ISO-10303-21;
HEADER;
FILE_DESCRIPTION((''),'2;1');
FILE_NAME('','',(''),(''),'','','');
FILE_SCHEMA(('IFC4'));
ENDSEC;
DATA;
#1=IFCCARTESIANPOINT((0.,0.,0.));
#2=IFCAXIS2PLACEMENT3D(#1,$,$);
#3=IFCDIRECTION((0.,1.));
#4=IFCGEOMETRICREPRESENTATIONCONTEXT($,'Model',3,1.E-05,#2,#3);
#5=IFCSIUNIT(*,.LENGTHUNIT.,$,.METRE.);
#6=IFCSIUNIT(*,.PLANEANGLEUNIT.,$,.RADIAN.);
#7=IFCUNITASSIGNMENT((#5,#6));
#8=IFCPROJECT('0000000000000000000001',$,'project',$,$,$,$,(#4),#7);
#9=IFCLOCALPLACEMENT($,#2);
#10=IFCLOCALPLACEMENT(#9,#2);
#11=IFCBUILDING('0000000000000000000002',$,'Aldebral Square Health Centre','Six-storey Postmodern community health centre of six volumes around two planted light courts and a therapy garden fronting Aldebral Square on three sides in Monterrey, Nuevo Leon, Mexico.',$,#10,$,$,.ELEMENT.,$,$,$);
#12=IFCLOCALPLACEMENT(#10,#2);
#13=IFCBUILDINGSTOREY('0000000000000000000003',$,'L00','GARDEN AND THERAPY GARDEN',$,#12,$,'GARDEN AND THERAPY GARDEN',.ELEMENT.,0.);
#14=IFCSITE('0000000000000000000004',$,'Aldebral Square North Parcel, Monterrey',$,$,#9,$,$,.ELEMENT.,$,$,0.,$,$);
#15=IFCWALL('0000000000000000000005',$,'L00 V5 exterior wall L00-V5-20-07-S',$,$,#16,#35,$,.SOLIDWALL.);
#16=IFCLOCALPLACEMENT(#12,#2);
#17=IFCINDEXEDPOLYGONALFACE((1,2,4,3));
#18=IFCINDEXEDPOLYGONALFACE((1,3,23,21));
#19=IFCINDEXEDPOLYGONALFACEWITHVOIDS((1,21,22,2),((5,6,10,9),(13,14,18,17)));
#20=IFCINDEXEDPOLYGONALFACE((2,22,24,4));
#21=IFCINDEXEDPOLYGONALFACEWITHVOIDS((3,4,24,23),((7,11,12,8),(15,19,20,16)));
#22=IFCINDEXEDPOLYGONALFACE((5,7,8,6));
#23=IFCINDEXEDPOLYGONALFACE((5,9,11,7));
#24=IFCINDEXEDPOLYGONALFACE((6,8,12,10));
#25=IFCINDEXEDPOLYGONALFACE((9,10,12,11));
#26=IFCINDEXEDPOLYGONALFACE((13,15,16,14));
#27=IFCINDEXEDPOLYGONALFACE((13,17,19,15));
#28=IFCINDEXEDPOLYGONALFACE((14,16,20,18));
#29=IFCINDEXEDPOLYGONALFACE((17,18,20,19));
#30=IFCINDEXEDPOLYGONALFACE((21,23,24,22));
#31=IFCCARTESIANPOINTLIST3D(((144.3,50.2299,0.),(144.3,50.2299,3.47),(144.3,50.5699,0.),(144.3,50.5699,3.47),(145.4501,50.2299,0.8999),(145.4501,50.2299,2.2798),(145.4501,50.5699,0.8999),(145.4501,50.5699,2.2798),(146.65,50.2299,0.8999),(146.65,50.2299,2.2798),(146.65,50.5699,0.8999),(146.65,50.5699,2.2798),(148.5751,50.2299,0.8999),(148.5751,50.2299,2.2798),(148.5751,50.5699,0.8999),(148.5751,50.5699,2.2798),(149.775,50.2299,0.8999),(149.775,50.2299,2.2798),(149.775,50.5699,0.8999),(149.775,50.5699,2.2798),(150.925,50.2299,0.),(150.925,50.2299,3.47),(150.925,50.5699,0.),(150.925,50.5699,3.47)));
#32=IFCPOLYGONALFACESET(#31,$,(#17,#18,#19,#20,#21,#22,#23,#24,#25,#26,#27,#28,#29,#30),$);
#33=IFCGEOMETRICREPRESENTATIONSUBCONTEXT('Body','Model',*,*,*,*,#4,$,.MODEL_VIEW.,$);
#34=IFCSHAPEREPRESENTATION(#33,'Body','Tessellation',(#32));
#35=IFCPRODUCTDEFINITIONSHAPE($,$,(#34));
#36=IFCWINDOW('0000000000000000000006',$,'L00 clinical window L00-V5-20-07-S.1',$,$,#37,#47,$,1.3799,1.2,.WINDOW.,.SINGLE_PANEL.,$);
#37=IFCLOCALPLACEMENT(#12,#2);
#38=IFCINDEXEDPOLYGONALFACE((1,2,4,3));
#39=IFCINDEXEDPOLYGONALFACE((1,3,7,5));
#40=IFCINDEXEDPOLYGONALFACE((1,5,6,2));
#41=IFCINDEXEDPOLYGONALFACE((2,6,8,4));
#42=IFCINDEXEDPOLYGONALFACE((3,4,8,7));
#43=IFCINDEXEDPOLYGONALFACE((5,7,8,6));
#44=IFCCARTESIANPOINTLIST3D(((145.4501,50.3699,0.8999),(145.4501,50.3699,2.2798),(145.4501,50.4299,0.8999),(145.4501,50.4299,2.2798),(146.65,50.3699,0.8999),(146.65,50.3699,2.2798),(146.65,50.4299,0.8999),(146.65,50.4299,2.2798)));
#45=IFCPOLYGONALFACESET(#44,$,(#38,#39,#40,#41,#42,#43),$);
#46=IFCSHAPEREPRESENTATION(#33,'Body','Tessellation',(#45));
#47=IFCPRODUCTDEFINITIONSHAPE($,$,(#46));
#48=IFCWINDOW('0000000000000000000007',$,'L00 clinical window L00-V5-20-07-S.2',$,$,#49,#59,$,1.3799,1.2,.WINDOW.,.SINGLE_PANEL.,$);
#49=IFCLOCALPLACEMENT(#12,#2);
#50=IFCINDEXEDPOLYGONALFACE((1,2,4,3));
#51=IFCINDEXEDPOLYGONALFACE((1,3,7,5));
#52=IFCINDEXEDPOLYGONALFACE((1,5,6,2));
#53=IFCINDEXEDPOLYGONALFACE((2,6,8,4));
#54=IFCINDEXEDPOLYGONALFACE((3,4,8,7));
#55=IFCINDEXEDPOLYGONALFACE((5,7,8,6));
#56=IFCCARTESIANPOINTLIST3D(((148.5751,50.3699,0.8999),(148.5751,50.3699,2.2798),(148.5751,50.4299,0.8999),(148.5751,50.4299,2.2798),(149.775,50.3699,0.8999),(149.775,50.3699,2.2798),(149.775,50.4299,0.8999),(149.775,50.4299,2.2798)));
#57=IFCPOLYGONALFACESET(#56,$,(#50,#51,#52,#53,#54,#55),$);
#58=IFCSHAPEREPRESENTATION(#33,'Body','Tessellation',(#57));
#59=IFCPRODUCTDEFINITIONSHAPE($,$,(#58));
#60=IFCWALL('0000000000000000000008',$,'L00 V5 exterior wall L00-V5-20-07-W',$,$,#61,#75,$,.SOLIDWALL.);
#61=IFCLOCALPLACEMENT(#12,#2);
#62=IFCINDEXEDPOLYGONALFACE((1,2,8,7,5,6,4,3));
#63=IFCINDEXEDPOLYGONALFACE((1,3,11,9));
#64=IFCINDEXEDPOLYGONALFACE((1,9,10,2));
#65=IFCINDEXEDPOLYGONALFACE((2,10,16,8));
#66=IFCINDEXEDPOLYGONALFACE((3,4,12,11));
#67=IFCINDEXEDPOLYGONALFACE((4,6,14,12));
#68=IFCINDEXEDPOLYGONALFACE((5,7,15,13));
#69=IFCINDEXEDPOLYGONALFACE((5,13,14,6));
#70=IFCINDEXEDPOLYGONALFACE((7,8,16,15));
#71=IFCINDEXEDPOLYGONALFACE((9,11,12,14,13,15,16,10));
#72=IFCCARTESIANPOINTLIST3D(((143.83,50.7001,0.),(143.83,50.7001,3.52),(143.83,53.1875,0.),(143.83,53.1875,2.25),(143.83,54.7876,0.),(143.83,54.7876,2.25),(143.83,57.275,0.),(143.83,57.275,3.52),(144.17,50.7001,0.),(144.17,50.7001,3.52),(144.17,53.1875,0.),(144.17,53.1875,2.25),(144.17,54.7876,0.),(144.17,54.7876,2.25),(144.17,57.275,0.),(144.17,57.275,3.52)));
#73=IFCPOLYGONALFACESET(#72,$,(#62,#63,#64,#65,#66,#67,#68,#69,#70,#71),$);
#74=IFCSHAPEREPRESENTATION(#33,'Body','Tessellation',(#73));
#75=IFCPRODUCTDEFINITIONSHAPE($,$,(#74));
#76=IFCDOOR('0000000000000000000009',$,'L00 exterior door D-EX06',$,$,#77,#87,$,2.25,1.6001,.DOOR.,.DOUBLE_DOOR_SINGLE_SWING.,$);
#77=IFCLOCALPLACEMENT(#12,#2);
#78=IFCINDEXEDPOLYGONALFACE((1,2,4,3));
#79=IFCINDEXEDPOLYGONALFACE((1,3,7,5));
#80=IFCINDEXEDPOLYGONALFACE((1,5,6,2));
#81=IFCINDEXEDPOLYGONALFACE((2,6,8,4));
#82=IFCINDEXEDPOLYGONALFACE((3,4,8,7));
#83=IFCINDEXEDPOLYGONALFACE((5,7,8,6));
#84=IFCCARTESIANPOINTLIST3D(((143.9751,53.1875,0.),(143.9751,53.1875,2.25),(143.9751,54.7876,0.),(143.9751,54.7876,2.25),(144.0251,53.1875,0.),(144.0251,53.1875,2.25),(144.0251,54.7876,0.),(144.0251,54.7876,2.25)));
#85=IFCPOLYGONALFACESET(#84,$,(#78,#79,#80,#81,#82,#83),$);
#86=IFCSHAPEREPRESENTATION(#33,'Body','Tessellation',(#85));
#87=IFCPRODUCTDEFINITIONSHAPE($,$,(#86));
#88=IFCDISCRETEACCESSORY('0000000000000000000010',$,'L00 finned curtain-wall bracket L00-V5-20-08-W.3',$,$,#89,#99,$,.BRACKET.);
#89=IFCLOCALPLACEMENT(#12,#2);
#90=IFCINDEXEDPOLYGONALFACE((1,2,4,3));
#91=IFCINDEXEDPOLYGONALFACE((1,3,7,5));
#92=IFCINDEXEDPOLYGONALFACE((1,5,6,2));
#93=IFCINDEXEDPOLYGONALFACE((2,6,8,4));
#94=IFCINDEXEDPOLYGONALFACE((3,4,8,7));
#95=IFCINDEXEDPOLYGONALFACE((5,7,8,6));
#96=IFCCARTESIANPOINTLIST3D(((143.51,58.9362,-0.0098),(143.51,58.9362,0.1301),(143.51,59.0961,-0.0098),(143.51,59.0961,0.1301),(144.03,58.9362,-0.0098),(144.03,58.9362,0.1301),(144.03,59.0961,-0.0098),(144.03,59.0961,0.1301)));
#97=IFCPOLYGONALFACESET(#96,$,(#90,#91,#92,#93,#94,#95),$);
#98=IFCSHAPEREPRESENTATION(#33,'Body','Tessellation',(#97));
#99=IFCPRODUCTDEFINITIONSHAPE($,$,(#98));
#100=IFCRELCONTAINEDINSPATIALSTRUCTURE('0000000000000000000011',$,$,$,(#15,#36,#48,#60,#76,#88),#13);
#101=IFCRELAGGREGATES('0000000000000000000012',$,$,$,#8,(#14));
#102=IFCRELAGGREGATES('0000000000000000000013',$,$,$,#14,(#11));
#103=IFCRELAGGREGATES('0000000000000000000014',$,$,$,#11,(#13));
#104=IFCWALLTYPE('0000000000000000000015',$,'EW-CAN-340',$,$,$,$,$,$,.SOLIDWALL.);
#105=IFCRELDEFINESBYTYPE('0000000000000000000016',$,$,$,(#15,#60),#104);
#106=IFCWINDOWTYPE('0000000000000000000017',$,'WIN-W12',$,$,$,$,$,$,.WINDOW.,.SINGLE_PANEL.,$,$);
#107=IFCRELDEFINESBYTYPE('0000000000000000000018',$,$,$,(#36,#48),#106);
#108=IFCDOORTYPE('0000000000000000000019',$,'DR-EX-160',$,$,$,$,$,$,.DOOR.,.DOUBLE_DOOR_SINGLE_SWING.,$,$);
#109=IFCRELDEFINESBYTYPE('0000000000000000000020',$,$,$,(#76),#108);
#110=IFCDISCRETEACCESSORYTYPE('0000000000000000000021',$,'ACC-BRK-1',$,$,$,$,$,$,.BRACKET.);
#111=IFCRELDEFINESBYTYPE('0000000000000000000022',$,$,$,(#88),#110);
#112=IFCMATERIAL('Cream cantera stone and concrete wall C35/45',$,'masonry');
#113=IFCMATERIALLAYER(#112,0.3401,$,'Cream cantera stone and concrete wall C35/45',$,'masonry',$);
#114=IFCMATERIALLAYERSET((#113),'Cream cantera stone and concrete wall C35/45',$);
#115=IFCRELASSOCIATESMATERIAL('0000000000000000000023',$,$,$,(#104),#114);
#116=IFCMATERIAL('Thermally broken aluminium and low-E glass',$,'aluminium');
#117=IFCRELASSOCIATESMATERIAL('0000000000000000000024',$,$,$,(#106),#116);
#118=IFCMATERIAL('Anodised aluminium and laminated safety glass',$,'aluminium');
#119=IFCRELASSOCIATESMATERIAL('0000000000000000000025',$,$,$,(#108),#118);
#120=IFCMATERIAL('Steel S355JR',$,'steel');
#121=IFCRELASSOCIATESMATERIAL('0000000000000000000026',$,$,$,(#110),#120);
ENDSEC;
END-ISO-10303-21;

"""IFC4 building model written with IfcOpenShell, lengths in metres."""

from ifc_helpers import new_model, si_unit, direction, frame, frame_2d, origin, origin_2d, place, context, subcontext, project, spatial, rectangle, extrude, material, layer, layer_set, type_object, element, fill, save


model = new_model("IFC4")

# Units and contexts
model_context = context("Model", 3, precision=1e-05, world=origin(), true_north=direction((0.0, 1.0)))
body_context = subcontext(model_context, "Body", "Model", "MODEL_VIEW")
ifc_project = project(units=[si_unit("LENGTHUNIT", "METRE"), si_unit("PLANEANGLEUNIT", "RADIAN")], contexts=[model_context])

# Site, building, storey
site_placement = place(None, origin())
site = spatial("IfcSite", under=ifc_project, at=site_placement, Name="Aldebral Square North Parcel, Monterrey", CompositionType="ELEMENT", RefElevation=0.0)
building_placement = place(site_placement, origin())
building = spatial("IfcBuilding", under=site, at=building_placement, Name="Aldebral Square Health Centre", Description="Six-storey Postmodern community health centre of six volumes around two planted light courts and a therapy garden fronting Aldebral Square on three sides in Monterrey, Nuevo Leon, Mexico.", CompositionType="ELEMENT")
storey_placement = place(building_placement, origin())
storey = spatial("IfcBuildingStorey", under=building, at=storey_placement, Name="L00", Description="GARDEN AND THERAPY GARDEN", LongName="GARDEN AND THERAPY GARDEN", CompositionType="ELEMENT", Elevation=0.0)

# Wall, openings, windows
ifc_material_1 = material(Name="Cream cantera stone and concrete wall C35/45", Category="masonry")
ifc_layer_1 = layer(ifc_material_1, 0.3401, Name="Cream cantera stone and concrete wall C35/45", Category="masonry")
ifc_layer_set_1 = layer_set([ifc_layer_1], Name="Cream cantera stone and concrete wall C35/45")
wall_type_1 = type_object("IfcWallType", Name="EW-CAN-340", PredefinedType="SOLIDWALL", material=ifc_layer_set_1)
wall_1_placement = place(storey_placement, frame((144.3, 50.3999, 0.0), z_axis=(0.0, 0.0, 1.0), x_axis=(1.0, 0.0, 0.0)))
wall_1 = element("IfcWall", 1, at=wall_1_placement, inside=storey, type_object=wall_type_1, Name="L00 V5 exterior wall L00-V5-20-07-S", PredefinedType="SOLIDWALL", context=body_context, shape_type="SweptSolid", body=[
    extrude(rectangle(XDim=6.625, YDim=0.3401, at=frame_2d((3.3125, 0.0))), origin(), (0.0, 0.0, 1.0), 3.47),
])
opening_1_placement = place(wall_1_placement, frame((1.1499, 0.0, 0.8999)))
opening_1 = element("IfcOpeningElement", 2, at=opening_1_placement, cuts=wall_1, PredefinedType="OPENING", context=body_context, shape_type="SweptSolid", body=[
    extrude(rectangle(XDim=1.2, YDim=1.3799, at=frame_2d((0.6001, 0.6899))), frame((0.0, 0.1802, 0.0), z_axis=(0.0, -1.0, 0.0), x_axis=(1.0, 0.0, 0.0)), (0.0, 0.0, 1.0), 0.3601),
])
opening_2_placement = place(wall_1_placement, frame((4.2749, 0.0, 0.8999)))
opening_2 = element("IfcOpeningElement", 3, at=opening_2_placement, cuts=wall_1, PredefinedType="OPENING", context=body_context, shape_type="SweptSolid", body=[
    extrude(rectangle(XDim=1.2, YDim=1.3799, at=frame_2d((0.6001, 0.6899))), frame((0.0, 0.1802, 0.0), z_axis=(0.0, -1.0, 0.0), x_axis=(1.0, 0.0, 0.0)), (0.0, 0.0, 1.0), 0.3601),
])
ifc_material_2 = material(Name="Thermally broken aluminium and low-E glass", Category="aluminium")
window_type = type_object("IfcWindowType", Name="WIN-W12", PartitioningType="SINGLE_PANEL", PredefinedType="WINDOW", material=ifc_material_2)
window_1_placement = place(opening_1_placement, origin())
window_1 = element("IfcWindow", 4, at=window_1_placement, inside=storey, type_object=window_type, Name="L00 clinical window L00-V5-20-07-S.1", OverallHeight=1.3799, OverallWidth=1.2, PartitioningType="SINGLE_PANEL", PredefinedType="WINDOW", context=body_context, shape_type="SweptSolid", body=[
    extrude(rectangle(XDim=1.2, YDim=1.3799, at=frame_2d((0.6001, 0.6899))), frame((0.0, 0.03, 0.0), z_axis=(0.0, -1.0, 0.0), x_axis=(1.0, 0.0, 0.0)), (0.0, 0.0, 1.0), 0.0601),
])
fill(opening_1, window_1)
window_2_placement = place(opening_2_placement, origin())
window_2 = element("IfcWindow", 5, at=window_2_placement, inside=storey, type_object=window_type, Name="L00 clinical window L00-V5-20-07-S.2", OverallHeight=1.3799, OverallWidth=1.2, PartitioningType="SINGLE_PANEL", PredefinedType="WINDOW", context=body_context, shape_type="SweptSolid", body=[
    extrude(rectangle(XDim=1.2, YDim=1.3799, at=frame_2d((0.6001, 0.6899))), frame((0.0, 0.03, 0.0), z_axis=(0.0, -1.0, 0.0), x_axis=(1.0, 0.0, 0.0)), (0.0, 0.0, 1.0), 0.0601),
])
fill(opening_2, window_2)

# Wall, opening, door
wall_2_placement = place(storey_placement, frame((144.0, 50.7, 0.0), z_axis=(0.0, 0.0, 1.0), x_axis=(0.0, 1.0, 0.0)))
wall_2 = element("IfcWall", 6, at=wall_2_placement, inside=storey, type_object=wall_type_1, Name="L00 V5 exterior wall L00-V5-20-07-W", PredefinedType="SOLIDWALL", context=body_context, shape_type="SweptSolid", body=[
    extrude(rectangle(XDim=6.575, YDim=0.3401, at=frame_2d((3.2876, 0.0))), origin(), (0.0, 0.0, 1.0), 3.52),
])
opening_3_placement = place(wall_2_placement, frame((2.4875, 0.0, 0.0)))
opening_3 = element("IfcOpeningElement", 7, at=opening_3_placement, cuts=wall_2, PredefinedType="OPENING", context=body_context, shape_type="SweptSolid", body=[
    extrude(rectangle(XDim=1.6001, YDim=2.25, at=frame_2d((0.8, 1.125))), frame((0.0, 0.1802, 0.0), z_axis=(0.0, -1.0, 0.0), x_axis=(1.0, 0.0, 0.0)), (0.0, 0.0, 1.0), 0.3601),
])
ifc_material_3 = material(Name="Anodised aluminium and laminated safety glass", Category="aluminium")
door_type_1 = type_object("IfcDoorType", Name="DR-EX-160", OperationType="DOUBLE_DOOR_SINGLE_SWING", PredefinedType="DOOR", material=ifc_material_3)
door_1_placement = place(opening_3_placement, origin())
door_1 = element("IfcDoor", 8, at=door_1_placement, inside=storey, type_object=door_type_1, Name="L00 exterior door D-EX06", OperationType="DOUBLE_DOOR_SINGLE_SWING", OverallHeight=2.25, OverallWidth=1.6001, PredefinedType="DOOR", context=body_context, shape_type="SweptSolid", body=[
    extrude(rectangle(XDim=1.6001, YDim=2.25, at=frame_2d((0.8, 1.125))), frame((0.0, 0.0249, 0.0), z_axis=(0.0, -1.0, 0.0), x_axis=(1.0, 0.0, 0.0)), (0.0, 0.0, 1.0), 0.05),
])
fill(opening_3, door_1)

# Discrete accessory
ifc_material_4 = material(Name="Steel S355JR", Category="steel")
discrete_accessory_type = type_object("IfcDiscreteAccessoryType", Name="ACC-BRK-1", PredefinedType="BRACKET", material=ifc_material_4)
discrete_accessory_placement = place(storey_placement, frame((143.77, 59.0161, -0.0098), z_axis=(0.0, 0.0, 1.0), x_axis=(0.0, 1.0, 0.0)))
element("IfcDiscreteAccessory", 9, at=discrete_accessory_placement, inside=storey, type_object=discrete_accessory_type, Name="L00 finned curtain-wall bracket L00-V5-20-08-W.3", PredefinedType="BRACKET", context=body_context, shape_type="SweptSolid", body=[
    extrude(rectangle(XDim=0.1599, YDim=0.52, at=origin_2d()), origin(), (0.0, 0.0, 1.0), 0.1399),
])

save(model, "model.ifc")
